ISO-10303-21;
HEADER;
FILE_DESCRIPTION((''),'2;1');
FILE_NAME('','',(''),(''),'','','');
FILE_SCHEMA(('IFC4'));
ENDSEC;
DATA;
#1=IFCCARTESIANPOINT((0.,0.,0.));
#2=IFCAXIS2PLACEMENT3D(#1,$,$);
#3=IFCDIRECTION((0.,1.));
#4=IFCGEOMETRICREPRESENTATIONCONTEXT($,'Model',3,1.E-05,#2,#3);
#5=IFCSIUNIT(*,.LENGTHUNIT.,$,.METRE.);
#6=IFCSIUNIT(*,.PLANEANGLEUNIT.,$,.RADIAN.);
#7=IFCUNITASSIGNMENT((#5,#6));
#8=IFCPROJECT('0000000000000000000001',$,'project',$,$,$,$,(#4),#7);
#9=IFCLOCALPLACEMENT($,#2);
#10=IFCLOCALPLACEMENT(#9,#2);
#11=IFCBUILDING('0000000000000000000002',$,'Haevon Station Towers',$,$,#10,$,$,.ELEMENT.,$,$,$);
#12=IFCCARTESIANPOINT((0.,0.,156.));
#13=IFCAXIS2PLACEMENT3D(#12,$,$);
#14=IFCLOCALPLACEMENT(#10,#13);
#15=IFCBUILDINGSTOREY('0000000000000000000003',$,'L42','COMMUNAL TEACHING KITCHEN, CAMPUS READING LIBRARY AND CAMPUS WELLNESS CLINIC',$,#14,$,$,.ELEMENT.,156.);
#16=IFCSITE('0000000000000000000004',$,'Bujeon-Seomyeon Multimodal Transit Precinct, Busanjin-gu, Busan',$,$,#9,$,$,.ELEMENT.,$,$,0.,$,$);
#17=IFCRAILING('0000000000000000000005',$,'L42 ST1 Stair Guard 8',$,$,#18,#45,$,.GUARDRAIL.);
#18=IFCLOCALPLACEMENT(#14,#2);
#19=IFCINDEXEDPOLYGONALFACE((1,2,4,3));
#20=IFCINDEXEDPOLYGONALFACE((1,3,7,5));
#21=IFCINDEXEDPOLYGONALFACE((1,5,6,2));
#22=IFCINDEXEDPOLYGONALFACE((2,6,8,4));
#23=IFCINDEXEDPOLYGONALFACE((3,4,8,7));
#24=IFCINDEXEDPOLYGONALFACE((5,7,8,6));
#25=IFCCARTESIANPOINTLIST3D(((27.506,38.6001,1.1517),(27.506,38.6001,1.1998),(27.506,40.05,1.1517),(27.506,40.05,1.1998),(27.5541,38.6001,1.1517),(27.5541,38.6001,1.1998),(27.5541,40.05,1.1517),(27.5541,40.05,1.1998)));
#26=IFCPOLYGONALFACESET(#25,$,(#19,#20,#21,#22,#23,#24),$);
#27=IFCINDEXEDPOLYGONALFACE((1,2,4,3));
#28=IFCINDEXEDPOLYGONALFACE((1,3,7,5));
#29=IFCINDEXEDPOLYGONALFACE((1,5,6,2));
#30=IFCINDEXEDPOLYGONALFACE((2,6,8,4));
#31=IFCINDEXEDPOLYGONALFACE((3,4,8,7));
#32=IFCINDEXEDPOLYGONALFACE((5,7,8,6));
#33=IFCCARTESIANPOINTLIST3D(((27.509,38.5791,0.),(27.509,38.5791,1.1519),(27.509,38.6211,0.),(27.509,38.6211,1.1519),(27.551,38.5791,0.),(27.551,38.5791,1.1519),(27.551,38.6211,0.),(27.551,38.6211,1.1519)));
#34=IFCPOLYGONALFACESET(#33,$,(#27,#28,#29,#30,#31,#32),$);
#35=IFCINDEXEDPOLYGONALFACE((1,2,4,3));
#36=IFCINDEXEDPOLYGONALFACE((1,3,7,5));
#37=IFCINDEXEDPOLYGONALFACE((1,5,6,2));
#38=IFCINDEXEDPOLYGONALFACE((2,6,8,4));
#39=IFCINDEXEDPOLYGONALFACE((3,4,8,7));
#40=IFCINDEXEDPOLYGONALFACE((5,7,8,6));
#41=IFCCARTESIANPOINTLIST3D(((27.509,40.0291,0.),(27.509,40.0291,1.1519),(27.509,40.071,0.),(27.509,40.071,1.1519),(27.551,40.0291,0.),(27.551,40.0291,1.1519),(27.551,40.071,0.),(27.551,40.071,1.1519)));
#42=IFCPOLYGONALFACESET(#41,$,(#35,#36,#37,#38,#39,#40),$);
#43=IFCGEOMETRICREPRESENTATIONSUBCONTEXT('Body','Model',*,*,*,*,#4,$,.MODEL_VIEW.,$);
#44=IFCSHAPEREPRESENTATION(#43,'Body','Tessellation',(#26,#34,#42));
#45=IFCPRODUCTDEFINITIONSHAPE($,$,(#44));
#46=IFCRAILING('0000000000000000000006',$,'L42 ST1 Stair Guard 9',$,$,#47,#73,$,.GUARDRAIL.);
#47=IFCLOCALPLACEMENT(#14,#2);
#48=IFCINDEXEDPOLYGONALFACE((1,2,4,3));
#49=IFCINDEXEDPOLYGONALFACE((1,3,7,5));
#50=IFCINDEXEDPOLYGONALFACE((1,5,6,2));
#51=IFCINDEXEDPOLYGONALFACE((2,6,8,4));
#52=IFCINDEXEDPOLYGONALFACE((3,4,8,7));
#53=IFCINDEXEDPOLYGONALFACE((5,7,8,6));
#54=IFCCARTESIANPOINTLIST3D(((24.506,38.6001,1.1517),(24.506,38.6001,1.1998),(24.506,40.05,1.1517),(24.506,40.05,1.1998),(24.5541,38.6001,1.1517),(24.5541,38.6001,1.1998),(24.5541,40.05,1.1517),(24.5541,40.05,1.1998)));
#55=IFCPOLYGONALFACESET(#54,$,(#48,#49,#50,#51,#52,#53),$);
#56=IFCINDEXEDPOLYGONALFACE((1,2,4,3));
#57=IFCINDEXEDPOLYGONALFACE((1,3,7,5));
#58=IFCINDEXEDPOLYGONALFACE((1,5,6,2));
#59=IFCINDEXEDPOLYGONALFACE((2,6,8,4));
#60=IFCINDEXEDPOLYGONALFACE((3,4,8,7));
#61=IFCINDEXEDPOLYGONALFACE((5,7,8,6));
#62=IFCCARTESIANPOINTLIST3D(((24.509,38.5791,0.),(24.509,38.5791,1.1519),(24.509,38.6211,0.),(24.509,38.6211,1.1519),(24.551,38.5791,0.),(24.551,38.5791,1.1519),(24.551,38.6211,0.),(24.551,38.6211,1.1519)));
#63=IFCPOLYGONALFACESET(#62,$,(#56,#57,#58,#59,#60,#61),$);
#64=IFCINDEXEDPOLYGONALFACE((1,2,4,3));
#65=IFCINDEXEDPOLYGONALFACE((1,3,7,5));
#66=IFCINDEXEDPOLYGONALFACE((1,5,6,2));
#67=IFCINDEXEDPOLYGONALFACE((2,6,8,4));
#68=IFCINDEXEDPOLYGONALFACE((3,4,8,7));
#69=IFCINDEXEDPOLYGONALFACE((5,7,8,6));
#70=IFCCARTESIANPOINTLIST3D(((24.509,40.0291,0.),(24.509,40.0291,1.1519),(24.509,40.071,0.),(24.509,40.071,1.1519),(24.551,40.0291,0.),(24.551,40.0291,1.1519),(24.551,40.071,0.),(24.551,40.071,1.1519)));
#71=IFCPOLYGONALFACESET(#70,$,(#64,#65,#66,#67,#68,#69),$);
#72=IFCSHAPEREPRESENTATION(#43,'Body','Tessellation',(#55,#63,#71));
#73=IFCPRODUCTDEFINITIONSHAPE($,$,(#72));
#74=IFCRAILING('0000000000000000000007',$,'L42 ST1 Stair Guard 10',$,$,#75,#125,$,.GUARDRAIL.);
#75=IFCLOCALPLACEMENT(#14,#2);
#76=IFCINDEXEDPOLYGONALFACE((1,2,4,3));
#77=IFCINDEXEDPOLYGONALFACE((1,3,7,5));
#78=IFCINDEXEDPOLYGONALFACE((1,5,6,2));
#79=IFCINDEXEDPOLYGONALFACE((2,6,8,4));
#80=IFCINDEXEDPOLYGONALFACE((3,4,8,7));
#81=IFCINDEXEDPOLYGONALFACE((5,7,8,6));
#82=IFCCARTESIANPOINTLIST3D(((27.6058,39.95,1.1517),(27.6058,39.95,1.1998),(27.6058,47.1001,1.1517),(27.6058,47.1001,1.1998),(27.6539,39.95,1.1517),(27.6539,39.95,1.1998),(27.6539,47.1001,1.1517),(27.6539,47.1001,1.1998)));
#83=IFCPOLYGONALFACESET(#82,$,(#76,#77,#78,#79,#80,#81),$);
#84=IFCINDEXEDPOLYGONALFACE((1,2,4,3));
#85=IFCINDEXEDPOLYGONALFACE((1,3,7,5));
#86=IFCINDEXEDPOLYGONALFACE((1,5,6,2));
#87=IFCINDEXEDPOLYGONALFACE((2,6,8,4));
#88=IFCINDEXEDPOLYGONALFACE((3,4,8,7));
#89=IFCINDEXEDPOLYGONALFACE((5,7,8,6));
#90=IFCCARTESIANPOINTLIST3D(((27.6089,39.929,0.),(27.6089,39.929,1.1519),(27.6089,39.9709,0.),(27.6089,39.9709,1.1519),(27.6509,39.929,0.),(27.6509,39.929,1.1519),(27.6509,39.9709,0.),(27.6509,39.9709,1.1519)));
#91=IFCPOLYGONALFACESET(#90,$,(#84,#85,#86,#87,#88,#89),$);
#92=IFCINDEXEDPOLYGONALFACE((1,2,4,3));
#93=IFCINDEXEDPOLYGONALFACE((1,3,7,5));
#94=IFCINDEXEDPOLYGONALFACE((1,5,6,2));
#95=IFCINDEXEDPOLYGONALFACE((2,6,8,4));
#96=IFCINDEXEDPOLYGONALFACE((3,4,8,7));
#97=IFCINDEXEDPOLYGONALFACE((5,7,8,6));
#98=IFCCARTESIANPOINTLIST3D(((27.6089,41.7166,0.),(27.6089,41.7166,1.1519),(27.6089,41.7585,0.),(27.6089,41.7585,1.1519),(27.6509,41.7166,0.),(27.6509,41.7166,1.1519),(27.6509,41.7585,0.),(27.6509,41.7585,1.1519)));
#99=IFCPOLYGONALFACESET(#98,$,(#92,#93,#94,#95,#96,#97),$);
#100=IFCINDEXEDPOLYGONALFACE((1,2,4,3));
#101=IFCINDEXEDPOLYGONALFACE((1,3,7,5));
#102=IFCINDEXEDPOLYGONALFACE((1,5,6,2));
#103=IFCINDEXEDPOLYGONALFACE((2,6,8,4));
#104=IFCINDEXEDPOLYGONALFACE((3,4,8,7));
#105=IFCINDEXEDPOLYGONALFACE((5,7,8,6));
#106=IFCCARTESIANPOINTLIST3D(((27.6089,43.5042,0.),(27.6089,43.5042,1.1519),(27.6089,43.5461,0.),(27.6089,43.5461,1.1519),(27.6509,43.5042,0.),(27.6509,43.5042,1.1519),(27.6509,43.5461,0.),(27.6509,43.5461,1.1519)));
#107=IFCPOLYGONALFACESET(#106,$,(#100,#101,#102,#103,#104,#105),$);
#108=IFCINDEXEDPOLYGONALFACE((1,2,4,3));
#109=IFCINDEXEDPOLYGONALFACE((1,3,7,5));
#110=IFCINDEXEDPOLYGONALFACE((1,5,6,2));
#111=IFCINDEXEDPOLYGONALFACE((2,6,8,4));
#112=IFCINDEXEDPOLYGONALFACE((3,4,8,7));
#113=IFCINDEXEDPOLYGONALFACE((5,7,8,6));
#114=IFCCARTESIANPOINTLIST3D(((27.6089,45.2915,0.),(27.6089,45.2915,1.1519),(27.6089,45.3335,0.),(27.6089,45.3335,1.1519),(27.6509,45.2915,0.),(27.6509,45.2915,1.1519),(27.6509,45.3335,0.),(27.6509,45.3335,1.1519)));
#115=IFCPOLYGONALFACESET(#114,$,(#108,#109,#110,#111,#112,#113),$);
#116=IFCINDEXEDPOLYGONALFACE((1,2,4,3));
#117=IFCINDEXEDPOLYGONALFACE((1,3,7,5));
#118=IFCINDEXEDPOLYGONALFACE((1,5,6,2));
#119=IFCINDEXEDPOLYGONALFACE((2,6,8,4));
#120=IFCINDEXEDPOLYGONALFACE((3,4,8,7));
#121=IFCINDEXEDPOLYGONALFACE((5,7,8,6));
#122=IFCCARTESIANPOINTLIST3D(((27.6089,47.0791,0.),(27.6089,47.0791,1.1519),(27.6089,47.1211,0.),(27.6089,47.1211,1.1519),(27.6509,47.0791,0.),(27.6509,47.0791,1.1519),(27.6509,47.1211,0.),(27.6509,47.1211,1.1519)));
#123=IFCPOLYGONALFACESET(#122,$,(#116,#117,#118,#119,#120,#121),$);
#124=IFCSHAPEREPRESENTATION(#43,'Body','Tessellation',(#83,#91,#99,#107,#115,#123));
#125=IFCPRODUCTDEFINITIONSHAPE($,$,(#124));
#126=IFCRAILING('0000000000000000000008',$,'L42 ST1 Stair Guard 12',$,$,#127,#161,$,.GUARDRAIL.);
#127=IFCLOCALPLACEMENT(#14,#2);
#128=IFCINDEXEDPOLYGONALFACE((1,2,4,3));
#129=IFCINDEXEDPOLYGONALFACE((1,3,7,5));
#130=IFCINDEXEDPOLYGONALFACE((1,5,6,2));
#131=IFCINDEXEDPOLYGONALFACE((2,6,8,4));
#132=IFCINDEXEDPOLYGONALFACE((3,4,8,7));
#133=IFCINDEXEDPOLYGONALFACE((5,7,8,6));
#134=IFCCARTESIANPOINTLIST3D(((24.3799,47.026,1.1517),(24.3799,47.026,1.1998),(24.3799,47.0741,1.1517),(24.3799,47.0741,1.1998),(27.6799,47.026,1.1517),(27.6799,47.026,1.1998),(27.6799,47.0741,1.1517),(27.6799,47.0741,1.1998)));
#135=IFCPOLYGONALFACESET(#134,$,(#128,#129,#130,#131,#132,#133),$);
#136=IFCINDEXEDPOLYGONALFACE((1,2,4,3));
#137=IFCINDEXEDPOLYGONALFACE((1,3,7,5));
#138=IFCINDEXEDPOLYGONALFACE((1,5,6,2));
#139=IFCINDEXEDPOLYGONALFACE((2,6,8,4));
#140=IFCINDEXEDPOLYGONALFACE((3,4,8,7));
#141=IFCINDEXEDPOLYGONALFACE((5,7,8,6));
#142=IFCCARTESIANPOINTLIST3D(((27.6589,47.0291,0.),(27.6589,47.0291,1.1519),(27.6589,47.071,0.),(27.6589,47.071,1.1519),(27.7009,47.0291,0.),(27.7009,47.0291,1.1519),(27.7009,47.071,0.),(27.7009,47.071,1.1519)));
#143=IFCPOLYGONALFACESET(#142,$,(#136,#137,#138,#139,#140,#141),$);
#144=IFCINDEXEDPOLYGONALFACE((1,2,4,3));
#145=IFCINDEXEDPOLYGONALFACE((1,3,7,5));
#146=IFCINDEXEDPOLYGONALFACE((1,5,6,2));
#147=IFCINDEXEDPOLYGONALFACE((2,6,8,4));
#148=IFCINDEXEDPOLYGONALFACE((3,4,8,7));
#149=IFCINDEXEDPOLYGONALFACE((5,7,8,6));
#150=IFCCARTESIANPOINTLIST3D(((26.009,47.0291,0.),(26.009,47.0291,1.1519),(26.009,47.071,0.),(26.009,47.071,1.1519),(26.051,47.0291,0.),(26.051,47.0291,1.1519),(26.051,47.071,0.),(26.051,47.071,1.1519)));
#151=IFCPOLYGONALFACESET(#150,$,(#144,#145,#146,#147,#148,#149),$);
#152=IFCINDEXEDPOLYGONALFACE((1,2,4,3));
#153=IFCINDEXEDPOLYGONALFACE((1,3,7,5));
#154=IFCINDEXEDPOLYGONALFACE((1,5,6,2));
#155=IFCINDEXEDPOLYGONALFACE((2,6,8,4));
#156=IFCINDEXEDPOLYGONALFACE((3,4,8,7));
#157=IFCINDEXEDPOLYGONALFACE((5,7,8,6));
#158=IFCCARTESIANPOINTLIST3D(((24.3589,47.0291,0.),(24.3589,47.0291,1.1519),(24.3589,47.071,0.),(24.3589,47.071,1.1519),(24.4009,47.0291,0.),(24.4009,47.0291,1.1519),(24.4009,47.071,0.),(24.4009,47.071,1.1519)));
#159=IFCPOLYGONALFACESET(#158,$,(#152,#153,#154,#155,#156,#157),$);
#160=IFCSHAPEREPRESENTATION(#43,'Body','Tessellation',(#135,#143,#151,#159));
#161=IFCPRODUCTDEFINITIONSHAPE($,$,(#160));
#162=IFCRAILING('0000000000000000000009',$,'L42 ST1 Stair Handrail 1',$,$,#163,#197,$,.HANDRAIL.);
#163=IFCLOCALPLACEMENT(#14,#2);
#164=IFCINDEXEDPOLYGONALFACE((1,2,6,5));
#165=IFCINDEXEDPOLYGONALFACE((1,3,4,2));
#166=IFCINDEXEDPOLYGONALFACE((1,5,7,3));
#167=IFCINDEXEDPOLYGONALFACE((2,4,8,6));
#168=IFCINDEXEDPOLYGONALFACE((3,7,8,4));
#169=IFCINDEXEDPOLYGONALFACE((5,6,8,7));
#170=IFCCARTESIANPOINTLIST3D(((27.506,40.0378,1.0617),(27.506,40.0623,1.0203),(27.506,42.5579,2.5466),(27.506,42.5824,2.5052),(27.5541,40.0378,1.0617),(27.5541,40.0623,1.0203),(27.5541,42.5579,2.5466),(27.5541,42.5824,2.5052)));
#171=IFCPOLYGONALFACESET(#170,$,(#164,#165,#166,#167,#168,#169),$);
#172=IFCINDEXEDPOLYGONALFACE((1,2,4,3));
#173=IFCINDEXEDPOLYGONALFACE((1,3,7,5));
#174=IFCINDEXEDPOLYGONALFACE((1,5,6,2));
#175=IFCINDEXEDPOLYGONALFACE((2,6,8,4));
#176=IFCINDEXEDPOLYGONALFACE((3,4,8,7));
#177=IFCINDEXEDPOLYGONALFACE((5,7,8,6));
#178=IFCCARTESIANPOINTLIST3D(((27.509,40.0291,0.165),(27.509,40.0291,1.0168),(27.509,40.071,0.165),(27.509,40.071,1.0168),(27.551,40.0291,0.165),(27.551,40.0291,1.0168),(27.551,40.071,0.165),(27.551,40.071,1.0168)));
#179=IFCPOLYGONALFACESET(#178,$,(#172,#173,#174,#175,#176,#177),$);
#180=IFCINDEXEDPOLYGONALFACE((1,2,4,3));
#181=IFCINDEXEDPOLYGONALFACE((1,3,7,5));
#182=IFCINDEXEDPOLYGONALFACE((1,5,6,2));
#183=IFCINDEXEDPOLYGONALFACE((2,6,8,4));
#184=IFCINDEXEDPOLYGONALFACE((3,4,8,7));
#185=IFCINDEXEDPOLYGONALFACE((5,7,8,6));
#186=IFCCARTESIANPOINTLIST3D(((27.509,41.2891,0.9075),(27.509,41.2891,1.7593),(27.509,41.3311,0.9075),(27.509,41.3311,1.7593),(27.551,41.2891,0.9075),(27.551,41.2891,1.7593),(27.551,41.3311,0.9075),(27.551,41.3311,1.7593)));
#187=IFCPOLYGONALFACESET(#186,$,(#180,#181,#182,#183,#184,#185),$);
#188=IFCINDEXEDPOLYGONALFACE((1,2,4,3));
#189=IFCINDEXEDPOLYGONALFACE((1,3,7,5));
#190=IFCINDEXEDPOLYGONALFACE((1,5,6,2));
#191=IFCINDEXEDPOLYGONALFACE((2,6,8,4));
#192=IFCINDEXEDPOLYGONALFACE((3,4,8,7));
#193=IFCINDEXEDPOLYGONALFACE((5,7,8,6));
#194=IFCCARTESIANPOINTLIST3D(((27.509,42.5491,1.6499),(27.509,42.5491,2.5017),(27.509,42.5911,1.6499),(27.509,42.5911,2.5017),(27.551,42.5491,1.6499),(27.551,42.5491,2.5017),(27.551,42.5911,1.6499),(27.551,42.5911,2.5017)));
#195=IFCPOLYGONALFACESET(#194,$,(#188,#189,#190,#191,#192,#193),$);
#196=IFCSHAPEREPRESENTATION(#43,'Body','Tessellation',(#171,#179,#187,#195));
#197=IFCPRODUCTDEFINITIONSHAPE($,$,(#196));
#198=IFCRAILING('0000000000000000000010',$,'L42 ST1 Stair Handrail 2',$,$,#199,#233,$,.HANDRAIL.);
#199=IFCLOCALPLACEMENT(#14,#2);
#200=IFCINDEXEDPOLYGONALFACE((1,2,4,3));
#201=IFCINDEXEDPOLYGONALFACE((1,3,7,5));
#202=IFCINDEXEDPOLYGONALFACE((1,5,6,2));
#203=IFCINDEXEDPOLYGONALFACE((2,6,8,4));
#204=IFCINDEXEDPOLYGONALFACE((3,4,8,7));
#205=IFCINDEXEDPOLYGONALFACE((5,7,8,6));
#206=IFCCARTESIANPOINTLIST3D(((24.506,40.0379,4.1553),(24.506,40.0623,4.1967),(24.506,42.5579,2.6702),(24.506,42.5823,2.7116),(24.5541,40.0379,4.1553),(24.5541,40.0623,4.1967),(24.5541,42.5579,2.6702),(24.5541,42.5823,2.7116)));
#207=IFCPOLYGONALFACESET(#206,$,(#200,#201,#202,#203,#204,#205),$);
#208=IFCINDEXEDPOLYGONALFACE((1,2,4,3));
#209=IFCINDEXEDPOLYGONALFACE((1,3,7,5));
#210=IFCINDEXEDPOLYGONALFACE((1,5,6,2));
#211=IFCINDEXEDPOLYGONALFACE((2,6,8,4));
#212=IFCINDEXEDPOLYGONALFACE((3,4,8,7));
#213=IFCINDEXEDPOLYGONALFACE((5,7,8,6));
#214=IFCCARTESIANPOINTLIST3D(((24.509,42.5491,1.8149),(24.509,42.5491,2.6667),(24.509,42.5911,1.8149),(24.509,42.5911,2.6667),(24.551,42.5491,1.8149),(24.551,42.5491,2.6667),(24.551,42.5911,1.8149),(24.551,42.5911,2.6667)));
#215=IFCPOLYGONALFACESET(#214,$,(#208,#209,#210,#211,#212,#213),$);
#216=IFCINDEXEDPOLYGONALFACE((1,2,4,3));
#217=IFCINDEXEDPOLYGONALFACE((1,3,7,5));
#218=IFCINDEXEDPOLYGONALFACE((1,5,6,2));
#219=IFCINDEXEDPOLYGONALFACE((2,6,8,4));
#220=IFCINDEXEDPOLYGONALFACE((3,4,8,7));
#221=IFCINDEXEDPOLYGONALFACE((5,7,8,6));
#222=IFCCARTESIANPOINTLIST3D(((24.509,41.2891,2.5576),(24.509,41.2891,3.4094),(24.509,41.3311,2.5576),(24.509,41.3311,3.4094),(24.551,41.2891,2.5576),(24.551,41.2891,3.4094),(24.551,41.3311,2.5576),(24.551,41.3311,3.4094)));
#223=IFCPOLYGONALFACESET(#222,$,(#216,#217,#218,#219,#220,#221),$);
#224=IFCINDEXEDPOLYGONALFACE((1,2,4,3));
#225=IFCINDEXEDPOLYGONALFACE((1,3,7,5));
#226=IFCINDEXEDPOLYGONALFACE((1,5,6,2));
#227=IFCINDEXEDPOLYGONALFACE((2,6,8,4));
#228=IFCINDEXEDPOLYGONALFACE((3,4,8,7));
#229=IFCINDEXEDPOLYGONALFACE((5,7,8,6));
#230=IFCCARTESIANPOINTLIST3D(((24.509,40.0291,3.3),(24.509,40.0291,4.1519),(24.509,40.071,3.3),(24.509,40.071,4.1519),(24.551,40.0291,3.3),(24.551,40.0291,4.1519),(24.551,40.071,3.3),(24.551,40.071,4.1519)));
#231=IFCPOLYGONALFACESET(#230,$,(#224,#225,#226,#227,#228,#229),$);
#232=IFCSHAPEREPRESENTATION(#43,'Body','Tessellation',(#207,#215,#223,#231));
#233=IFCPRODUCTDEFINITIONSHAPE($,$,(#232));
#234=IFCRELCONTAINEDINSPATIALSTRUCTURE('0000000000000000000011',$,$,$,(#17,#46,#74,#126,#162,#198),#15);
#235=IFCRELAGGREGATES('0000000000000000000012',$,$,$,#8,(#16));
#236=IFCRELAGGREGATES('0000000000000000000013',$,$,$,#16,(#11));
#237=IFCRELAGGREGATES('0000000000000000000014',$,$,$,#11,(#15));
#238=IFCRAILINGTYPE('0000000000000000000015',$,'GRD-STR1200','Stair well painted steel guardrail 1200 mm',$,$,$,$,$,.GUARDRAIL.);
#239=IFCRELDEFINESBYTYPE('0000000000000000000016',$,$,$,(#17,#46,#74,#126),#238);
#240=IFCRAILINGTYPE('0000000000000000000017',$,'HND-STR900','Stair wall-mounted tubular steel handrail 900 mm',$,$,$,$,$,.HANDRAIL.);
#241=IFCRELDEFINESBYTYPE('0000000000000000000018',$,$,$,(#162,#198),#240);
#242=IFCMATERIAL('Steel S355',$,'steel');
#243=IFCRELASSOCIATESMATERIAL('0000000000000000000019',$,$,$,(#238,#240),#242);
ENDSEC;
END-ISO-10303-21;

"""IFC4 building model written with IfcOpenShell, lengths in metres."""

from ifc_helpers import new_model, si_unit, direction, frame, origin, origin_2d, place, context, subcontext, project, spatial, rectangle, extrude, material, type_object, element, save


model = new_model("IFC4")

# Units and contexts
model_context = context("Model", 3, precision=1e-05, world=origin(), true_north=direction((0.0, 1.0)))
body_context = subcontext(model_context, "Body", "Model", "MODEL_VIEW")
ifc_project = project(units=[si_unit("LENGTHUNIT", "METRE"), si_unit("PLANEANGLEUNIT", "RADIAN")], contexts=[model_context])

# Site, building, storey
site_placement = place(None, origin())
site = spatial("IfcSite", under=ifc_project, at=site_placement, Name="Bujeon-Seomyeon Multimodal Transit Precinct, Busanjin-gu, Busan", CompositionType="ELEMENT", RefElevation=0.0)
building_placement = place(site_placement, origin())
building = spatial("IfcBuilding", under=site, at=building_placement, Name="Haevon Station Towers", CompositionType="ELEMENT")
storey_placement = place(building_placement, frame((0.0, 0.0, 156.0)))
storey = spatial("IfcBuildingStorey", under=building, at=storey_placement, Name="L42", Description="COMMUNAL TEACHING KITCHEN, CAMPUS READING LIBRARY AND CAMPUS WELLNESS CLINIC", CompositionType="ELEMENT", Elevation=156.0)

# Shared definitions
ifc_material_1 = material(Name="Steel S355", Category="steel")

# Railings
railing_type_1 = type_object("IfcRailingType", Name="GRD-STR1200", Description="Stair well painted steel guardrail 1200 mm", PredefinedType="GUARDRAIL", material=ifc_material_1)
for number, where, name in (
    (1, (27.53, 38.6001, 0.0), "L42 ST1 Stair Guard 8"),
    (2, (24.53, 38.6001, 0.0), "L42 ST1 Stair Guard 9"),
):
    element("IfcRailing", number, at=place(storey_placement, frame(where)), inside=storey, type_object=railing_type_1, Name=name, PredefinedType="GUARDRAIL", context=body_context, shape_type="SweptSolid", body=[
        extrude(rectangle(XDim=0.0481, YDim=0.0481, at=origin_2d()), frame((0.0, 0.0, 1.1758), z_axis=(0.0, 1.0, 0.0), x_axis=(-1.0, 0.0, 0.0)), (0.0, 0.0, 1.0), 1.45),
        extrude(rectangle(XDim=0.042, YDim=0.042, at=origin_2d()), origin(), (0.0, 0.0, 1.0), 1.1519),
        extrude(rectangle(XDim=0.042, YDim=0.042, at=origin_2d()), frame((0.0, 1.45, 0.0)), (0.0, 0.0, 1.0), 1.1519),
    ])
railing_1_placement = place(storey_placement, frame((27.6299, 39.95, 0.0)))
element("IfcRailing", 3, at=railing_1_placement, inside=storey, type_object=railing_type_1, Name="L42 ST1 Stair Guard 10", PredefinedType="GUARDRAIL", context=body_context, shape_type="SweptSolid", body=[
    extrude(rectangle(XDim=0.0481, YDim=0.0481, at=origin_2d()), frame((0.0, 0.0, 1.1758), z_axis=(0.0, 1.0, 0.0), x_axis=(-1.0, 0.0, 0.0)), (0.0, 0.0, 1.0), 7.1501),
    extrude(rectangle(XDim=0.042, YDim=0.042, at=origin_2d()), origin(), (0.0, 0.0, 1.0), 1.1519),
    extrude(rectangle(XDim=0.042, YDim=0.042, at=origin_2d()), frame((0.0, 1.7876, 0.0)), (0.0, 0.0, 1.0), 1.1519),
    extrude(rectangle(XDim=0.042, YDim=0.042, at=origin_2d()), frame((0.0, 3.5752, 0.0)), (0.0, 0.0, 1.0), 1.1519),
    extrude(rectangle(XDim=0.042, YDim=0.042, at=origin_2d()), frame((0.0, 5.3625, 0.0)), (0.0, 0.0, 1.0), 1.1519),
    extrude(rectangle(XDim=0.042, YDim=0.042, at=origin_2d()), frame((0.0, 7.1501, 0.0)), (0.0, 0.0, 1.0), 1.1519),
])
railing_2_placement = place(storey_placement, frame((27.6799, 47.05, 0.0)))
element("IfcRailing", 4, at=railing_2_placement, inside=storey, type_object=railing_type_1, Name="L42 ST1 Stair Guard 12", PredefinedType="GUARDRAIL", context=body_context, shape_type="SweptSolid", body=[
    extrude(rectangle(XDim=0.0481, YDim=0.0481, at=origin_2d()), frame((0.0, 0.0, 1.1758), z_axis=(-1.0, 0.0, 0.0), x_axis=(0.0, -1.0, 0.0)), (0.0, 0.0, 1.0), 3.3),
    extrude(rectangle(XDim=0.042, YDim=0.042, at=origin_2d()), origin(), (0.0, 0.0, 1.0), 1.1519),
    extrude(rectangle(XDim=0.042, YDim=0.042, at=origin_2d()), frame((-1.6499, 0.0, 0.0)), (0.0, 0.0, 1.0), 1.1519),
    extrude(rectangle(XDim=0.042, YDim=0.042, at=origin_2d()), frame((-3.3, 0.0, 0.0)), (0.0, 0.0, 1.0), 1.1519),
])
railing_type_2 = type_object("IfcRailingType", Name="HND-STR900", Description="Stair wall-mounted tubular steel handrail 900 mm", PredefinedType="HANDRAIL", material=ifc_material_1)
railing_3_placement = place(storey_placement, frame((27.53, 40.05, 0.165)))
element("IfcRailing", 5, at=railing_3_placement, inside=storey, type_object=railing_type_2, Name="L42 ST1 Stair Handrail 1", PredefinedType="HANDRAIL", context=body_context, shape_type="SweptSolid", body=[
    extrude(rectangle(XDim=0.0481, YDim=0.0481, at=origin_2d()), frame((0.0, 0.0, 0.876), z_axis=(0.0, 0.861561, 0.507655), x_axis=(-1.0, 0.0, 0.0)), (0.0, 0.0, 1.0), 2.925),
    extrude(rectangle(XDim=0.042, YDim=0.042, at=origin_2d()), origin(), (0.0, 0.0, 1.0), 0.8518),
    extrude(rectangle(XDim=0.042, YDim=0.042, at=origin_2d()), frame((0.0, 1.26, 0.7424)), (0.0, 0.0, 1.0), 0.8518),
    extrude(rectangle(XDim=0.042, YDim=0.042, at=origin_2d()), frame((0.0, 2.52, 1.4849)), (0.0, 0.0, 1.0), 0.8518),
])
railing_4_placement = place(storey_placement, frame((24.53, 42.5701, 1.8149)))
element("IfcRailing", 6, at=railing_4_placement, inside=storey, type_object=railing_type_2, Name="L42 ST1 Stair Handrail 2", PredefinedType="HANDRAIL", context=body_context, shape_type="SweptSolid", body=[
    extrude(rectangle(XDim=0.0481, YDim=0.0481, at=origin_2d()), frame((0.0, 0.0, 0.876), z_axis=(0.0, -0.861524, 0.507717), x_axis=(1.0, 0.0, 0.0)), (0.0, 0.0, 1.0), 2.925),
    extrude(rectangle(XDim=0.042, YDim=0.042, at=origin_2d()), origin(), (0.0, 0.0, 1.0), 0.8518),
    extrude(rectangle(XDim=0.042, YDim=0.042, at=origin_2d()), frame((0.0, -1.26, 0.7427)), (0.0, 0.0, 1.0), 0.8518),
    extrude(rectangle(XDim=0.042, YDim=0.042, at=origin_2d()), frame((0.0, -2.52, 1.4851)), (0.0, 0.0, 1.0), 0.8518),
])

save(model, "model.ifc")
